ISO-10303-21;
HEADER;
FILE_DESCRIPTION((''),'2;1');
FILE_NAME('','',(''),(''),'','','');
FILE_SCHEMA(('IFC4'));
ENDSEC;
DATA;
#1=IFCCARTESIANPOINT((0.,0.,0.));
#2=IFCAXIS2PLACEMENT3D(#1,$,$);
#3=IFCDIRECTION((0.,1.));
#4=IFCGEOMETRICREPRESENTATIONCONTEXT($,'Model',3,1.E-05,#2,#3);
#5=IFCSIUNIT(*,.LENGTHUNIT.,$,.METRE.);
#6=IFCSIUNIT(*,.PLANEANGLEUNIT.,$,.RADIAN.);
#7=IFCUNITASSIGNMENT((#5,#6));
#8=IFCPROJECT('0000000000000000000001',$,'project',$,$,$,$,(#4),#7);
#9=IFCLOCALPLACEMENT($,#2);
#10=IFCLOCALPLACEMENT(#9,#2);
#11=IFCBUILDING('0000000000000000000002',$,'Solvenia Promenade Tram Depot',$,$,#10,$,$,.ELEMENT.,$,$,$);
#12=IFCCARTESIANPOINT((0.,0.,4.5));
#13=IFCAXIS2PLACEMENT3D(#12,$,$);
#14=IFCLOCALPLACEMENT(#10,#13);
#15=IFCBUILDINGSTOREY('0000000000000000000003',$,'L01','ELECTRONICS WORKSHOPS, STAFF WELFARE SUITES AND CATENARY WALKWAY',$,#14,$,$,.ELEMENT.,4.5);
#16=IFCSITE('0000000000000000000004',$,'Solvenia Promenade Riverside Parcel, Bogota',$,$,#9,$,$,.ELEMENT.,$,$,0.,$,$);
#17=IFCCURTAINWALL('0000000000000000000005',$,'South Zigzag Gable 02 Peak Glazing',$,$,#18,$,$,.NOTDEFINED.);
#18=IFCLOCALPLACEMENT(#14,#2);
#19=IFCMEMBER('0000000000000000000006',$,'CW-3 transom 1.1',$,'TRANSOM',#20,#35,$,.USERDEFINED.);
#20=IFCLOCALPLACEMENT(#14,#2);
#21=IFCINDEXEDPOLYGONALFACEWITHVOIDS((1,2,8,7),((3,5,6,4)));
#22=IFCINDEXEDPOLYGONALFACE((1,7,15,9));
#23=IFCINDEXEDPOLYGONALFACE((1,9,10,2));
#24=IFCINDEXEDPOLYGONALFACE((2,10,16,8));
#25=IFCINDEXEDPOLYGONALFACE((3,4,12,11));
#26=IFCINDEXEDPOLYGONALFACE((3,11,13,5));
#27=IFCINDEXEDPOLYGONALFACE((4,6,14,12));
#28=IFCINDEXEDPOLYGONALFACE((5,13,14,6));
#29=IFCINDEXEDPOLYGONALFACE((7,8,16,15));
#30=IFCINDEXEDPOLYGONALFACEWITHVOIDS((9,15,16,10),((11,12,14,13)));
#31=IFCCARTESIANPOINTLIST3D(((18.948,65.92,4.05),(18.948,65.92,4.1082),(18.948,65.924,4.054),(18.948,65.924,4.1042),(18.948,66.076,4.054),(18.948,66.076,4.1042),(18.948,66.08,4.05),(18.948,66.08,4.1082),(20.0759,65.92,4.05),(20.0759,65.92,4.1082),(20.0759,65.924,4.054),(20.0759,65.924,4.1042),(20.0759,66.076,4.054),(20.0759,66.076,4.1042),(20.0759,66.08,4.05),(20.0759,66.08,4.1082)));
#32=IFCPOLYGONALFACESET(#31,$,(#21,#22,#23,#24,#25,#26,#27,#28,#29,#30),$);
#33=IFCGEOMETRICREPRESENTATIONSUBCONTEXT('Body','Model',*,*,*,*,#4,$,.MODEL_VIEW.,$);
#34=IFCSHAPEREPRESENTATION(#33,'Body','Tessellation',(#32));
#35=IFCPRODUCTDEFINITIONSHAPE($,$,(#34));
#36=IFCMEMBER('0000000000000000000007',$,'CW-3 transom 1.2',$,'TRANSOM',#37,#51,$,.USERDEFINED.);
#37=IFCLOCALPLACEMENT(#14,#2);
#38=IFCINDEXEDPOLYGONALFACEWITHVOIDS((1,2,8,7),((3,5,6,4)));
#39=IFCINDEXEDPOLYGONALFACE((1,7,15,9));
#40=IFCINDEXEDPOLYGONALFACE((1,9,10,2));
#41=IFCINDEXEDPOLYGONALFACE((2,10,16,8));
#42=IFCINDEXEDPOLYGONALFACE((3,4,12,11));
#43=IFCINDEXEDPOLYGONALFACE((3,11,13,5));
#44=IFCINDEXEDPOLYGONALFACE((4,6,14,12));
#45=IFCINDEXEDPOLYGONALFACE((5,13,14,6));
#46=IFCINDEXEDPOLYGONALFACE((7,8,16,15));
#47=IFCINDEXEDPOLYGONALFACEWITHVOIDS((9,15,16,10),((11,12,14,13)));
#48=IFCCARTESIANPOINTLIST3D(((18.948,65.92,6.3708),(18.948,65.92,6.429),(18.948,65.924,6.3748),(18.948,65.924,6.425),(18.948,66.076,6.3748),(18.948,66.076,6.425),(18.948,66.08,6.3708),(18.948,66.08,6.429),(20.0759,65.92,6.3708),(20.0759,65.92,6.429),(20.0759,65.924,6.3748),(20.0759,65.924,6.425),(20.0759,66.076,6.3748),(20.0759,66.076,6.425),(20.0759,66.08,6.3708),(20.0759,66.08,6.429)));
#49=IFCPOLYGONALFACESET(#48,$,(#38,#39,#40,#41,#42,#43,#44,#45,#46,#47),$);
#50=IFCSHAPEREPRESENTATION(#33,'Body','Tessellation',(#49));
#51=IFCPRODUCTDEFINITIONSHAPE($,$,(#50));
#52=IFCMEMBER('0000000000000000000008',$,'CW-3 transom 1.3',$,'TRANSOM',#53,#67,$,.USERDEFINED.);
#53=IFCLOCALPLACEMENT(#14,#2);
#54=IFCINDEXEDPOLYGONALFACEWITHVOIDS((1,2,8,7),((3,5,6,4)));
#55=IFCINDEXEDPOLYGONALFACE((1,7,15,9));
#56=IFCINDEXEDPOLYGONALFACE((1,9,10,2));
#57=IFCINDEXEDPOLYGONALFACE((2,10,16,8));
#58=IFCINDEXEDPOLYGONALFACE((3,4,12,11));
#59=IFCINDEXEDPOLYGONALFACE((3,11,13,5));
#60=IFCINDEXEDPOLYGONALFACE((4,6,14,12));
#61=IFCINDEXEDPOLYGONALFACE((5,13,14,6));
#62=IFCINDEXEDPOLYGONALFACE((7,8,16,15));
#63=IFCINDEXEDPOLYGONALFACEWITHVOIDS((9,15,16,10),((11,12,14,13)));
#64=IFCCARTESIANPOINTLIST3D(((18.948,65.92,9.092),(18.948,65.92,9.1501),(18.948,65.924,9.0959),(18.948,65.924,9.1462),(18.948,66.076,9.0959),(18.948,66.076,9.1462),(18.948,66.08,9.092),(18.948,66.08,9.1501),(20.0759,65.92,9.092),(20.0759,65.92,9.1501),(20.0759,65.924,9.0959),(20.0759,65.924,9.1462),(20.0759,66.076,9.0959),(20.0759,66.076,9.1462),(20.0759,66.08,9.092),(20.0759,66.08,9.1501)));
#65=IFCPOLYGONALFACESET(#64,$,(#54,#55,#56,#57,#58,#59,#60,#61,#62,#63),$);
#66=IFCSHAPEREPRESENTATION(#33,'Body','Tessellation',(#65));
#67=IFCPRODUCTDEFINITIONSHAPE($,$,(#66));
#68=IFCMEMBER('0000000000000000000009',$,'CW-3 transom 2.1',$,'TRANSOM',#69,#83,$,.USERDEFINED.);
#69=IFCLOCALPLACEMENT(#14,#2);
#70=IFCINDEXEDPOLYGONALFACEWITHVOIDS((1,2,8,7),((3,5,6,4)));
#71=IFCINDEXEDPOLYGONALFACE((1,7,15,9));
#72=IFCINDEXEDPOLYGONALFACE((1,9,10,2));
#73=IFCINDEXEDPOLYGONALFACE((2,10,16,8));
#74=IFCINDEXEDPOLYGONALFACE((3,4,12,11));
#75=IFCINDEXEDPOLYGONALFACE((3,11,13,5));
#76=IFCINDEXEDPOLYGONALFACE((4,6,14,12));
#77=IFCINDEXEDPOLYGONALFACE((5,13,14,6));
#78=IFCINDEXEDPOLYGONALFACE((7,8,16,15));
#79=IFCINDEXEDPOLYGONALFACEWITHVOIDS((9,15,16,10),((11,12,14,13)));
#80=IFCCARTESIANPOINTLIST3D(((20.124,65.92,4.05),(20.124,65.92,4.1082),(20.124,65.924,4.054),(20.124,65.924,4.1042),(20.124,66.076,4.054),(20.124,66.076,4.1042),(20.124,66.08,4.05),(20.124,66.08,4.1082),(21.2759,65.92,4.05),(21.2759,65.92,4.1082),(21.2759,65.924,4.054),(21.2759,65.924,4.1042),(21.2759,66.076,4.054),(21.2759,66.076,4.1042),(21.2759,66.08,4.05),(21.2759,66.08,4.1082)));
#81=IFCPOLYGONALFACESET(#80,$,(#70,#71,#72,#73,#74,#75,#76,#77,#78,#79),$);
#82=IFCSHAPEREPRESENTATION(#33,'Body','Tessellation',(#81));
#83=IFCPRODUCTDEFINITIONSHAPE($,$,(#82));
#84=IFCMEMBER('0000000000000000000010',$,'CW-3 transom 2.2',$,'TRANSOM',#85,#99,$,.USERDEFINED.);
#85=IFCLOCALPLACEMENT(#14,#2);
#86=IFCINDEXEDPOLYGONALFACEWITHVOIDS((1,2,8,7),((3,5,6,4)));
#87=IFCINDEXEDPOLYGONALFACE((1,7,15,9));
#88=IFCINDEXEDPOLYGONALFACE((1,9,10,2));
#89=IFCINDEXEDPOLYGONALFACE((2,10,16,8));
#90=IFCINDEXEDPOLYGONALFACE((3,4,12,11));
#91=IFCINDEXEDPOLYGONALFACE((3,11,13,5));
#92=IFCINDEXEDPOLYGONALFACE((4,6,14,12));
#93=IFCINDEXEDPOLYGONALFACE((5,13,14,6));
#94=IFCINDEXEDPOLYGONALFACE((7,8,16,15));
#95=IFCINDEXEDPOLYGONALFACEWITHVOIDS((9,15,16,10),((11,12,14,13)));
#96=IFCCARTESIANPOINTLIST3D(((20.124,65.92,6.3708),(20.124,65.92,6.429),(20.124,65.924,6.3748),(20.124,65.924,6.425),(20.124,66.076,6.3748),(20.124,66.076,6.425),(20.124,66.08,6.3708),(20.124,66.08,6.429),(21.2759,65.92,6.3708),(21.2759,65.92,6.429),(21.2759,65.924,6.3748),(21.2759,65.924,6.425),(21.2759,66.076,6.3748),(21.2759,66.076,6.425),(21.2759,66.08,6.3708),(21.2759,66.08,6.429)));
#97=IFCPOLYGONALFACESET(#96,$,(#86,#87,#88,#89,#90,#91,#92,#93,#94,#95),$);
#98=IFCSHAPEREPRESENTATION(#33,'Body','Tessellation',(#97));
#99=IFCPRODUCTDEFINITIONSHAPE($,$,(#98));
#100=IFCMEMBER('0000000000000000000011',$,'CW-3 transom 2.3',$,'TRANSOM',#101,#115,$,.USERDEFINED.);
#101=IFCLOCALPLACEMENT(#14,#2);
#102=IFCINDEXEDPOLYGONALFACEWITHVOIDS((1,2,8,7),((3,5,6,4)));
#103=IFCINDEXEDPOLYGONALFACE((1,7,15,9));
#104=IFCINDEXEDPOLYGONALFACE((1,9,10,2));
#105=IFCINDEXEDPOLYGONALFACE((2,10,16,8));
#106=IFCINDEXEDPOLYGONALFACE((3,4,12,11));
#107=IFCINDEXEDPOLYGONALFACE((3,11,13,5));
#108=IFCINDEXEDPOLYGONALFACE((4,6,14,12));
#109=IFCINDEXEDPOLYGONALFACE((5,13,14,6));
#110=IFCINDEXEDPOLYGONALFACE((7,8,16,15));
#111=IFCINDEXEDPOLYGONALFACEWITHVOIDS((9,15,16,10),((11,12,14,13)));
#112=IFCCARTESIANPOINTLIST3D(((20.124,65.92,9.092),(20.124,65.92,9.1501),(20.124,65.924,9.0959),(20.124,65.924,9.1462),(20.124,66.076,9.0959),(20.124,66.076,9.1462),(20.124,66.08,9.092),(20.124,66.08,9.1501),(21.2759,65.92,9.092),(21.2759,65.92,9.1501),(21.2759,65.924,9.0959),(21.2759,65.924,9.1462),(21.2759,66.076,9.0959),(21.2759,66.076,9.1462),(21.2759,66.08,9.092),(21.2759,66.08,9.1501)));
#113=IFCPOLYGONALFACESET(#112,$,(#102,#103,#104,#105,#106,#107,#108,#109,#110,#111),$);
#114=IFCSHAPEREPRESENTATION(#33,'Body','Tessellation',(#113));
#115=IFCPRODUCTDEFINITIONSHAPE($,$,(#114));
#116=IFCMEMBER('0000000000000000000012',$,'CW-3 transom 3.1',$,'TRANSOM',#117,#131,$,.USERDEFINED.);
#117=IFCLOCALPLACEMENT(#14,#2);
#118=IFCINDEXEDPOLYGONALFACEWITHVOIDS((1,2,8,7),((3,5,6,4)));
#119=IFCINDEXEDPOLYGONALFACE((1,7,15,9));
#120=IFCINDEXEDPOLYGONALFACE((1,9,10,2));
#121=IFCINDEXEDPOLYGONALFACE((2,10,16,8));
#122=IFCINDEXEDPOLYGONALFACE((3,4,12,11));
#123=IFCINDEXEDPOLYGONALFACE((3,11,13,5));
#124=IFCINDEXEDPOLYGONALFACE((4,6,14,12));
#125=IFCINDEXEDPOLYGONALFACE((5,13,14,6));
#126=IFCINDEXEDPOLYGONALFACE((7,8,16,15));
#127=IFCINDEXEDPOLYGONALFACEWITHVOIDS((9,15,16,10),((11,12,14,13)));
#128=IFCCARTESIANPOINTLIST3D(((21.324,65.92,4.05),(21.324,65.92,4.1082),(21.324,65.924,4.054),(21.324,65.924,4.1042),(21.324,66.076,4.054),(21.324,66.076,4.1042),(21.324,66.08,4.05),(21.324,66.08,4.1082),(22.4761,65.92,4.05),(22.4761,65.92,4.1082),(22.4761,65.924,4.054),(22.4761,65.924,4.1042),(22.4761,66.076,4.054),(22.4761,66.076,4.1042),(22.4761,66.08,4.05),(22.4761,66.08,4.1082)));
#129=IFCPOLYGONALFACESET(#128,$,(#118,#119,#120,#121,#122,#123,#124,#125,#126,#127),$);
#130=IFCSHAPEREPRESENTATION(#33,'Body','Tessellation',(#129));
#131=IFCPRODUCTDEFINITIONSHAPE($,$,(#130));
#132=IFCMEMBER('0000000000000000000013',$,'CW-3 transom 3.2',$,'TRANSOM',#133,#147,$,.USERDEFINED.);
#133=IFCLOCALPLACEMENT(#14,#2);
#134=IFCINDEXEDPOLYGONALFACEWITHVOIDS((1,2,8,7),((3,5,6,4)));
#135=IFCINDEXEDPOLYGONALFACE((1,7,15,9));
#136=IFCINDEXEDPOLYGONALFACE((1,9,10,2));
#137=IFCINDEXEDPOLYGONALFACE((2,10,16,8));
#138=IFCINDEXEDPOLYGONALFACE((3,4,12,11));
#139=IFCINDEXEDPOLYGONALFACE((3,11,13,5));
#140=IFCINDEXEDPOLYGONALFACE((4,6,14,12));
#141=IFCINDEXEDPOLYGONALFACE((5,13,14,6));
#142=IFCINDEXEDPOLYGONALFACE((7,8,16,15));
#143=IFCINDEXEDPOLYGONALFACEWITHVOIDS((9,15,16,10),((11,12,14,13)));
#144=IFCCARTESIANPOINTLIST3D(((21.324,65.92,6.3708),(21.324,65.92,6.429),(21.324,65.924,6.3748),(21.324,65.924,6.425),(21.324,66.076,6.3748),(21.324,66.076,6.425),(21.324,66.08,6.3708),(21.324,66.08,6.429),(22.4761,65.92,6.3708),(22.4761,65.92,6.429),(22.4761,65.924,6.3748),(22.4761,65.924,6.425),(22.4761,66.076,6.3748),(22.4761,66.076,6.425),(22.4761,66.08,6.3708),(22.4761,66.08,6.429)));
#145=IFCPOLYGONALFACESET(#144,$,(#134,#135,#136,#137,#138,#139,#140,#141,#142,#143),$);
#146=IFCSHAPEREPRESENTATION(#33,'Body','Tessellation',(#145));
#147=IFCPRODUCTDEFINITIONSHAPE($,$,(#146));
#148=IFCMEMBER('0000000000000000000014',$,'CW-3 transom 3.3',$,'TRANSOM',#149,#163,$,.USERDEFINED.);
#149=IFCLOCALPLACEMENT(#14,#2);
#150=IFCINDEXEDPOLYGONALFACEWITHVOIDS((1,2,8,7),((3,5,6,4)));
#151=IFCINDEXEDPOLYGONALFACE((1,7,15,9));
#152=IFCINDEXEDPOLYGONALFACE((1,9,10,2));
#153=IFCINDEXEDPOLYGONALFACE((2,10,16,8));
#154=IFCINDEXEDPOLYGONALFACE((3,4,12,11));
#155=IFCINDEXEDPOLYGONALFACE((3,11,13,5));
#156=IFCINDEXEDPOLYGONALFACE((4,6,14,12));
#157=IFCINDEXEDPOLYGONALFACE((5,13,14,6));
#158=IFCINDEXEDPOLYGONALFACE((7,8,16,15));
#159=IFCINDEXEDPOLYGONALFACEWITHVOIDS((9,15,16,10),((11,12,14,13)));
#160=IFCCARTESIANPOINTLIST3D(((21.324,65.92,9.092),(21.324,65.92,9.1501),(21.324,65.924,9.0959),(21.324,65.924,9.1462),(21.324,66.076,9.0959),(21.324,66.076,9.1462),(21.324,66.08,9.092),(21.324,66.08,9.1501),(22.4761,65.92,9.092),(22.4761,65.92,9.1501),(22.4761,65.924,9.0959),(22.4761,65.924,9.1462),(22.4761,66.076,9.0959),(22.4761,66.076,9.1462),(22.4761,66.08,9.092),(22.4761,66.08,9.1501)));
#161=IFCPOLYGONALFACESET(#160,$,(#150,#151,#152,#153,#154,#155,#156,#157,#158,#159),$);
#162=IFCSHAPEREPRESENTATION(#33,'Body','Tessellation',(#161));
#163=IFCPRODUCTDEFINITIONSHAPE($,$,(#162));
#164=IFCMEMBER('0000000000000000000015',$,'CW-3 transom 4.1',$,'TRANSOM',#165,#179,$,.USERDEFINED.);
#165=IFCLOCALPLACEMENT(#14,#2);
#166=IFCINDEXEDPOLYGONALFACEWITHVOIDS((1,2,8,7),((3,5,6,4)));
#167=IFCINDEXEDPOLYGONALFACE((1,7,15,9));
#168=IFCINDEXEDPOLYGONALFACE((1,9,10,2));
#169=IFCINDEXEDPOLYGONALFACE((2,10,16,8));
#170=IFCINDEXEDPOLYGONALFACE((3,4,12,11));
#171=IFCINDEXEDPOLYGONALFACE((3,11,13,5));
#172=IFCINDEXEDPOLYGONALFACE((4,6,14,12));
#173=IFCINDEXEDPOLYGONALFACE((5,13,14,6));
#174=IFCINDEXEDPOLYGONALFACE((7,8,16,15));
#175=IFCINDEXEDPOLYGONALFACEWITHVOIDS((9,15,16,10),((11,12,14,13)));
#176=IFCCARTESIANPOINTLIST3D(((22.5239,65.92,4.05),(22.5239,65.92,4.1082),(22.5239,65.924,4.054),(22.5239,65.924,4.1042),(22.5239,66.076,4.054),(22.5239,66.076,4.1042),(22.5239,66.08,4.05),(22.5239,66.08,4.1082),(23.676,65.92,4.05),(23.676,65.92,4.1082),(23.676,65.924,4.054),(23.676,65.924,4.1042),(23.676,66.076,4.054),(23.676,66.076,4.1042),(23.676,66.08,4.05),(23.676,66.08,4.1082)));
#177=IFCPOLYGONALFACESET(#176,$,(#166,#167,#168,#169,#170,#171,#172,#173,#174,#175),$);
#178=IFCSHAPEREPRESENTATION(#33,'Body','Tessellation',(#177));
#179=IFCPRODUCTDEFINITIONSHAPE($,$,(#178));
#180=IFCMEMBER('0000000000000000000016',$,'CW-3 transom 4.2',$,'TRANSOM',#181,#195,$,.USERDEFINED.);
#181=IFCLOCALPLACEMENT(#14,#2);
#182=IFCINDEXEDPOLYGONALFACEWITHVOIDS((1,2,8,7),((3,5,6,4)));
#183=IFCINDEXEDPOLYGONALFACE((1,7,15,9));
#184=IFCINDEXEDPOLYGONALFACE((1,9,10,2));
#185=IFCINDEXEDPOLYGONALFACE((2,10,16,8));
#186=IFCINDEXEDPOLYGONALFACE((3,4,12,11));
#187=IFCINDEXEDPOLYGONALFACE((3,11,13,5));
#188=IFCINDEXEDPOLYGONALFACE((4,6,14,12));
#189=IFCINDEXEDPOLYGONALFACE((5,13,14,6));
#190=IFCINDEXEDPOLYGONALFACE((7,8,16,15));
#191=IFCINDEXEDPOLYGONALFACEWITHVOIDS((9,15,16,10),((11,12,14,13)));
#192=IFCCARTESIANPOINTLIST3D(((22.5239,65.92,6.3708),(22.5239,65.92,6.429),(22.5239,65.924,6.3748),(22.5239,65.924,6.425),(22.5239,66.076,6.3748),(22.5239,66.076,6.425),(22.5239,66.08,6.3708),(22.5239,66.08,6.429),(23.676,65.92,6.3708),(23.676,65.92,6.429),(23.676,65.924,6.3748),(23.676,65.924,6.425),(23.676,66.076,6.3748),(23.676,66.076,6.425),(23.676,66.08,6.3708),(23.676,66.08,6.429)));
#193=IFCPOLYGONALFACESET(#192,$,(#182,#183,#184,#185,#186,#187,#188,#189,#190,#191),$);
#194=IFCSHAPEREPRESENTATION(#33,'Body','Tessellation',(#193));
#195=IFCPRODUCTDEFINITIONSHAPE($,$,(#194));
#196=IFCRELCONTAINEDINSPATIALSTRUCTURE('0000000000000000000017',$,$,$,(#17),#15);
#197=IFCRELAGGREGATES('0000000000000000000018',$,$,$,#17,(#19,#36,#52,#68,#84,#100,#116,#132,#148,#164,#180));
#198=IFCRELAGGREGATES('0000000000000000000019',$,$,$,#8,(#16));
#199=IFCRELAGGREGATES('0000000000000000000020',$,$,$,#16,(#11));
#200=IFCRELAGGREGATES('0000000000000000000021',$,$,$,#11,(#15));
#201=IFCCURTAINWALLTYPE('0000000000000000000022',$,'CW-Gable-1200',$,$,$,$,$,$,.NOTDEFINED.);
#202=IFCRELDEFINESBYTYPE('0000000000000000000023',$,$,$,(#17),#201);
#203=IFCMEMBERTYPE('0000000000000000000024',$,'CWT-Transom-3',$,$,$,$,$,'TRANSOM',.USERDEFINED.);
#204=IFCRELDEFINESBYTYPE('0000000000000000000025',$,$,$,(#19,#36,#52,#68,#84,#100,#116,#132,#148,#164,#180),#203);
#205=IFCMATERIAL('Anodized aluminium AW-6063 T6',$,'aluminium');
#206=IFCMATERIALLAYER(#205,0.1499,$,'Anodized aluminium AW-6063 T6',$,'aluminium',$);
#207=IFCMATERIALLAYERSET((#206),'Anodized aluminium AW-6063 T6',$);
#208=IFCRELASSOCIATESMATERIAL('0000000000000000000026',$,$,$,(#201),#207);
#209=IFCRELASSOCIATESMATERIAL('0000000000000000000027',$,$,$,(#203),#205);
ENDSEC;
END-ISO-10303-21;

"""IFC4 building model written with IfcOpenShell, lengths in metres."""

from ifc_helpers import new_model, si_unit, direction, frame, origin, origin_2d, place, context, subcontext, project, spatial, hollow_rectangle, extrude, material, layer, layer_set, material_profile, profile_set, type_object, element, aggregate, save


model = new_model("IFC4")

# Units and contexts
model_context = context("Model", 3, precision=1e-05, world=origin(), true_north=direction((0.0, 1.0)))
body_context = subcontext(model_context, "Body", "Model", "MODEL_VIEW")
ifc_project = project(units=[si_unit("LENGTHUNIT", "METRE"), si_unit("PLANEANGLEUNIT", "RADIAN")], contexts=[model_context])

# Site, building, storey
site_placement = place(None, origin())
site = spatial("IfcSite", under=ifc_project, at=site_placement, Name="Solvenia Promenade Riverside Parcel, Bogota", CompositionType="ELEMENT", RefElevation=0.0)
building_placement = place(site_placement, origin())
building = spatial("IfcBuilding", under=site, at=building_placement, Name="Solvenia Promenade Tram Depot", CompositionType="ELEMENT")
storey_placement = place(building_placement, frame((0.0, 0.0, 4.5)))
storey = spatial("IfcBuildingStorey", under=building, at=storey_placement, Name="L01", Description="ELECTRONICS WORKSHOPS, STAFF WELFARE SUITES AND CATENARY WALKWAY", CompositionType="ELEMENT", Elevation=4.5)

# Curtain wall, members
ifc_material_1 = material(Name="Anodized aluminium AW-6063 T6", Category="aluminium")
ifc_layer_1 = layer(ifc_material_1, 0.1499, Name="Anodized aluminium AW-6063 T6", Category="aluminium")
ifc_layer_set_1 = layer_set([ifc_layer_1], Name="Anodized aluminium AW-6063 T6")
curtain_wall_type = type_object("IfcCurtainWallType", Name="CW-Gable-1200", PredefinedType="NOTDEFINED", material=ifc_layer_set_1)
curtain_wall_placement = place(storey_placement, origin())
curtain_wall = element("IfcCurtainWall", 1, at=curtain_wall_placement, inside=storey, type_object=curtain_wall_type, Name="South Zigzag Gable 02 Peak Glazing", PredefinedType="NOTDEFINED")
ifc_material_profile_1 = material_profile(ifc_material_1, hollow_rectangle(XDim=0.1599, YDim=0.0581, WallThickness=0.0039, at=origin_2d()), Name="ALU-T3", Category="aluminium")
ifc_profile_set_1 = profile_set([ifc_material_profile_1], Name="Anodized aluminium AW-6063 T6")
member_type_1 = type_object("IfcMemberType", Name="CWT-Transom-3", ElementType="TRANSOM", PredefinedType="USERDEFINED", material=ifc_profile_set_1)
member_1_placement = place(storey_placement, frame((18.948, 66.0, 4.0791), z_axis=(1.0, 0.0, 0.0), x_axis=(0.0, 1.0, 0.0)))
member_1 = element("IfcMember", 2, at=member_1_placement, type_object=member_type_1, Name="CW-3 transom 1.1", ObjectType="TRANSOM", PredefinedType="USERDEFINED", context=body_context, shape_type="SweptSolid", body=[
    extrude(hollow_rectangle(XDim=0.1599, YDim=0.0581, WallThickness=0.0039, at=origin_2d()), origin(), (0.0, 0.0, 1.0), 1.1279),
])
member_2_placement = place(storey_placement, frame((18.948, 66.0, 6.3999), z_axis=(1.0, 0.0, 0.0), x_axis=(0.0, 1.0, 0.0)))
member_2 = element("IfcMember", 3, at=member_2_placement, type_object=member_type_1, Name="CW-3 transom 1.2", ObjectType="TRANSOM", PredefinedType="USERDEFINED", context=body_context, shape_type="SweptSolid", body=[
    extrude(hollow_rectangle(XDim=0.1599, YDim=0.0581, WallThickness=0.0039, at=origin_2d()), origin(), (0.0, 0.0, 1.0), 1.1279),
])
member_3_placement = place(storey_placement, frame((18.948, 66.0, 9.1211), z_axis=(1.0, 0.0, 0.0), x_axis=(0.0, 1.0, 0.0)))
member_3 = element("IfcMember", 4, at=member_3_placement, type_object=member_type_1, Name="CW-3 transom 1.3", ObjectType="TRANSOM", PredefinedType="USERDEFINED", context=body_context, shape_type="SweptSolid", body=[
    extrude(hollow_rectangle(XDim=0.1599, YDim=0.0581, WallThickness=0.0039, at=origin_2d()), origin(), (0.0, 0.0, 1.0), 1.1279),
])
member_4_placement = place(storey_placement, frame((20.124, 66.0, 4.0791), z_axis=(1.0, 0.0, 0.0), x_axis=(0.0, 1.0, 0.0)))
member_4 = element("IfcMember", 5, at=member_4_placement, type_object=member_type_1, Name="CW-3 transom 2.1", ObjectType="TRANSOM", PredefinedType="USERDEFINED", context=body_context, shape_type="SweptSolid", body=[
    extrude(hollow_rectangle(XDim=0.1599, YDim=0.0581, WallThickness=0.0039, at=origin_2d()), origin(), (0.0, 0.0, 1.0), 1.1519),
])
member_5_placement = place(storey_placement, frame((20.124, 66.0, 6.3999), z_axis=(1.0, 0.0, 0.0), x_axis=(0.0, 1.0, 0.0)))
member_5 = element("IfcMember", 6, at=member_5_placement, type_object=member_type_1, Name="CW-3 transom 2.2", ObjectType="TRANSOM", PredefinedType="USERDEFINED", context=body_context, shape_type="SweptSolid", body=[
    extrude(hollow_rectangle(XDim=0.1599, YDim=0.0581, WallThickness=0.0039, at=origin_2d()), origin(), (0.0, 0.0, 1.0), 1.1519),
])
member_6_placement = place(storey_placement, frame((20.124, 66.0, 9.1211), z_axis=(1.0, 0.0, 0.0), x_axis=(0.0, 1.0, 0.0)))
member_6 = element("IfcMember", 7, at=member_6_placement, type_object=member_type_1, Name="CW-3 transom 2.3", ObjectType="TRANSOM", PredefinedType="USERDEFINED", context=body_context, shape_type="SweptSolid", body=[
    extrude(hollow_rectangle(XDim=0.1599, YDim=0.0581, WallThickness=0.0039, at=origin_2d()), origin(), (0.0, 0.0, 1.0), 1.1519),
])
member_7_placement = place(storey_placement, frame((21.324, 66.0, 4.0791), z_axis=(1.0, 0.0, 0.0), x_axis=(0.0, 1.0, 0.0)))
member_7 = element("IfcMember", 8, at=member_7_placement, type_object=member_type_1, Name="CW-3 transom 3.1", ObjectType="TRANSOM", PredefinedType="USERDEFINED", context=body_context, shape_type="SweptSolid", body=[
    extrude(hollow_rectangle(XDim=0.1599, YDim=0.0581, WallThickness=0.0039, at=origin_2d()), origin(), (0.0, 0.0, 1.0), 1.1521),
])
member_8_placement = place(storey_placement, frame((21.324, 66.0, 6.3999), z_axis=(1.0, 0.0, 0.0), x_axis=(0.0, 1.0, 0.0)))
member_8 = element("IfcMember", 9, at=member_8_placement, type_object=member_type_1, Name="CW-3 transom 3.2", ObjectType="TRANSOM", PredefinedType="USERDEFINED", context=body_context, shape_type="SweptSolid", body=[
    extrude(hollow_rectangle(XDim=0.1599, YDim=0.0581, WallThickness=0.0039, at=origin_2d()), origin(), (0.0, 0.0, 1.0), 1.1521),
])
member_9_placement = place(storey_placement, frame((21.324, 66.0, 9.1211), z_axis=(1.0, 0.0, 0.0), x_axis=(0.0, 1.0, 0.0)))
member_9 = element("IfcMember", 10, at=member_9_placement, type_object=member_type_1, Name="CW-3 transom 3.3", ObjectType="TRANSOM", PredefinedType="USERDEFINED", context=body_context, shape_type="SweptSolid", body=[
    extrude(hollow_rectangle(XDim=0.1599, YDim=0.0581, WallThickness=0.0039, at=origin_2d()), origin(), (0.0, 0.0, 1.0), 1.1521),
])
member_10_placement = place(storey_placement, frame((22.5239, 66.0, 4.0791), z_axis=(1.0, 0.0, 0.0), x_axis=(0.0, 1.0, 0.0)))
member_10 = element("IfcMember", 11, at=member_10_placement, type_object=member_type_1, Name="CW-3 transom 4.1", ObjectType="TRANSOM", PredefinedType="USERDEFINED", context=body_context, shape_type="SweptSolid", body=[
    extrude(hollow_rectangle(XDim=0.1599, YDim=0.0581, WallThickness=0.0039, at=origin_2d()), origin(), (0.0, 0.0, 1.0), 1.1521),
])
member_11_placement = place(storey_placement, frame((22.5239, 66.0, 6.3999), z_axis=(1.0, 0.0, 0.0), x_axis=(0.0, 1.0, 0.0)))
member_11 = element("IfcMember", 12, at=member_11_placement, type_object=member_type_1, Name="CW-3 transom 4.2", ObjectType="TRANSOM", PredefinedType="USERDEFINED", context=body_context, shape_type="SweptSolid", body=[
    extrude(hollow_rectangle(XDim=0.1599, YDim=0.0581, WallThickness=0.0039, at=origin_2d()), origin(), (0.0, 0.0, 1.0), 1.1521),
])

aggregate(curtain_wall, [member_1, member_2, member_3, member_4, member_5, member_6, member_7, member_8, member_9, member_10, member_11])

save(model, "model.ifc")
